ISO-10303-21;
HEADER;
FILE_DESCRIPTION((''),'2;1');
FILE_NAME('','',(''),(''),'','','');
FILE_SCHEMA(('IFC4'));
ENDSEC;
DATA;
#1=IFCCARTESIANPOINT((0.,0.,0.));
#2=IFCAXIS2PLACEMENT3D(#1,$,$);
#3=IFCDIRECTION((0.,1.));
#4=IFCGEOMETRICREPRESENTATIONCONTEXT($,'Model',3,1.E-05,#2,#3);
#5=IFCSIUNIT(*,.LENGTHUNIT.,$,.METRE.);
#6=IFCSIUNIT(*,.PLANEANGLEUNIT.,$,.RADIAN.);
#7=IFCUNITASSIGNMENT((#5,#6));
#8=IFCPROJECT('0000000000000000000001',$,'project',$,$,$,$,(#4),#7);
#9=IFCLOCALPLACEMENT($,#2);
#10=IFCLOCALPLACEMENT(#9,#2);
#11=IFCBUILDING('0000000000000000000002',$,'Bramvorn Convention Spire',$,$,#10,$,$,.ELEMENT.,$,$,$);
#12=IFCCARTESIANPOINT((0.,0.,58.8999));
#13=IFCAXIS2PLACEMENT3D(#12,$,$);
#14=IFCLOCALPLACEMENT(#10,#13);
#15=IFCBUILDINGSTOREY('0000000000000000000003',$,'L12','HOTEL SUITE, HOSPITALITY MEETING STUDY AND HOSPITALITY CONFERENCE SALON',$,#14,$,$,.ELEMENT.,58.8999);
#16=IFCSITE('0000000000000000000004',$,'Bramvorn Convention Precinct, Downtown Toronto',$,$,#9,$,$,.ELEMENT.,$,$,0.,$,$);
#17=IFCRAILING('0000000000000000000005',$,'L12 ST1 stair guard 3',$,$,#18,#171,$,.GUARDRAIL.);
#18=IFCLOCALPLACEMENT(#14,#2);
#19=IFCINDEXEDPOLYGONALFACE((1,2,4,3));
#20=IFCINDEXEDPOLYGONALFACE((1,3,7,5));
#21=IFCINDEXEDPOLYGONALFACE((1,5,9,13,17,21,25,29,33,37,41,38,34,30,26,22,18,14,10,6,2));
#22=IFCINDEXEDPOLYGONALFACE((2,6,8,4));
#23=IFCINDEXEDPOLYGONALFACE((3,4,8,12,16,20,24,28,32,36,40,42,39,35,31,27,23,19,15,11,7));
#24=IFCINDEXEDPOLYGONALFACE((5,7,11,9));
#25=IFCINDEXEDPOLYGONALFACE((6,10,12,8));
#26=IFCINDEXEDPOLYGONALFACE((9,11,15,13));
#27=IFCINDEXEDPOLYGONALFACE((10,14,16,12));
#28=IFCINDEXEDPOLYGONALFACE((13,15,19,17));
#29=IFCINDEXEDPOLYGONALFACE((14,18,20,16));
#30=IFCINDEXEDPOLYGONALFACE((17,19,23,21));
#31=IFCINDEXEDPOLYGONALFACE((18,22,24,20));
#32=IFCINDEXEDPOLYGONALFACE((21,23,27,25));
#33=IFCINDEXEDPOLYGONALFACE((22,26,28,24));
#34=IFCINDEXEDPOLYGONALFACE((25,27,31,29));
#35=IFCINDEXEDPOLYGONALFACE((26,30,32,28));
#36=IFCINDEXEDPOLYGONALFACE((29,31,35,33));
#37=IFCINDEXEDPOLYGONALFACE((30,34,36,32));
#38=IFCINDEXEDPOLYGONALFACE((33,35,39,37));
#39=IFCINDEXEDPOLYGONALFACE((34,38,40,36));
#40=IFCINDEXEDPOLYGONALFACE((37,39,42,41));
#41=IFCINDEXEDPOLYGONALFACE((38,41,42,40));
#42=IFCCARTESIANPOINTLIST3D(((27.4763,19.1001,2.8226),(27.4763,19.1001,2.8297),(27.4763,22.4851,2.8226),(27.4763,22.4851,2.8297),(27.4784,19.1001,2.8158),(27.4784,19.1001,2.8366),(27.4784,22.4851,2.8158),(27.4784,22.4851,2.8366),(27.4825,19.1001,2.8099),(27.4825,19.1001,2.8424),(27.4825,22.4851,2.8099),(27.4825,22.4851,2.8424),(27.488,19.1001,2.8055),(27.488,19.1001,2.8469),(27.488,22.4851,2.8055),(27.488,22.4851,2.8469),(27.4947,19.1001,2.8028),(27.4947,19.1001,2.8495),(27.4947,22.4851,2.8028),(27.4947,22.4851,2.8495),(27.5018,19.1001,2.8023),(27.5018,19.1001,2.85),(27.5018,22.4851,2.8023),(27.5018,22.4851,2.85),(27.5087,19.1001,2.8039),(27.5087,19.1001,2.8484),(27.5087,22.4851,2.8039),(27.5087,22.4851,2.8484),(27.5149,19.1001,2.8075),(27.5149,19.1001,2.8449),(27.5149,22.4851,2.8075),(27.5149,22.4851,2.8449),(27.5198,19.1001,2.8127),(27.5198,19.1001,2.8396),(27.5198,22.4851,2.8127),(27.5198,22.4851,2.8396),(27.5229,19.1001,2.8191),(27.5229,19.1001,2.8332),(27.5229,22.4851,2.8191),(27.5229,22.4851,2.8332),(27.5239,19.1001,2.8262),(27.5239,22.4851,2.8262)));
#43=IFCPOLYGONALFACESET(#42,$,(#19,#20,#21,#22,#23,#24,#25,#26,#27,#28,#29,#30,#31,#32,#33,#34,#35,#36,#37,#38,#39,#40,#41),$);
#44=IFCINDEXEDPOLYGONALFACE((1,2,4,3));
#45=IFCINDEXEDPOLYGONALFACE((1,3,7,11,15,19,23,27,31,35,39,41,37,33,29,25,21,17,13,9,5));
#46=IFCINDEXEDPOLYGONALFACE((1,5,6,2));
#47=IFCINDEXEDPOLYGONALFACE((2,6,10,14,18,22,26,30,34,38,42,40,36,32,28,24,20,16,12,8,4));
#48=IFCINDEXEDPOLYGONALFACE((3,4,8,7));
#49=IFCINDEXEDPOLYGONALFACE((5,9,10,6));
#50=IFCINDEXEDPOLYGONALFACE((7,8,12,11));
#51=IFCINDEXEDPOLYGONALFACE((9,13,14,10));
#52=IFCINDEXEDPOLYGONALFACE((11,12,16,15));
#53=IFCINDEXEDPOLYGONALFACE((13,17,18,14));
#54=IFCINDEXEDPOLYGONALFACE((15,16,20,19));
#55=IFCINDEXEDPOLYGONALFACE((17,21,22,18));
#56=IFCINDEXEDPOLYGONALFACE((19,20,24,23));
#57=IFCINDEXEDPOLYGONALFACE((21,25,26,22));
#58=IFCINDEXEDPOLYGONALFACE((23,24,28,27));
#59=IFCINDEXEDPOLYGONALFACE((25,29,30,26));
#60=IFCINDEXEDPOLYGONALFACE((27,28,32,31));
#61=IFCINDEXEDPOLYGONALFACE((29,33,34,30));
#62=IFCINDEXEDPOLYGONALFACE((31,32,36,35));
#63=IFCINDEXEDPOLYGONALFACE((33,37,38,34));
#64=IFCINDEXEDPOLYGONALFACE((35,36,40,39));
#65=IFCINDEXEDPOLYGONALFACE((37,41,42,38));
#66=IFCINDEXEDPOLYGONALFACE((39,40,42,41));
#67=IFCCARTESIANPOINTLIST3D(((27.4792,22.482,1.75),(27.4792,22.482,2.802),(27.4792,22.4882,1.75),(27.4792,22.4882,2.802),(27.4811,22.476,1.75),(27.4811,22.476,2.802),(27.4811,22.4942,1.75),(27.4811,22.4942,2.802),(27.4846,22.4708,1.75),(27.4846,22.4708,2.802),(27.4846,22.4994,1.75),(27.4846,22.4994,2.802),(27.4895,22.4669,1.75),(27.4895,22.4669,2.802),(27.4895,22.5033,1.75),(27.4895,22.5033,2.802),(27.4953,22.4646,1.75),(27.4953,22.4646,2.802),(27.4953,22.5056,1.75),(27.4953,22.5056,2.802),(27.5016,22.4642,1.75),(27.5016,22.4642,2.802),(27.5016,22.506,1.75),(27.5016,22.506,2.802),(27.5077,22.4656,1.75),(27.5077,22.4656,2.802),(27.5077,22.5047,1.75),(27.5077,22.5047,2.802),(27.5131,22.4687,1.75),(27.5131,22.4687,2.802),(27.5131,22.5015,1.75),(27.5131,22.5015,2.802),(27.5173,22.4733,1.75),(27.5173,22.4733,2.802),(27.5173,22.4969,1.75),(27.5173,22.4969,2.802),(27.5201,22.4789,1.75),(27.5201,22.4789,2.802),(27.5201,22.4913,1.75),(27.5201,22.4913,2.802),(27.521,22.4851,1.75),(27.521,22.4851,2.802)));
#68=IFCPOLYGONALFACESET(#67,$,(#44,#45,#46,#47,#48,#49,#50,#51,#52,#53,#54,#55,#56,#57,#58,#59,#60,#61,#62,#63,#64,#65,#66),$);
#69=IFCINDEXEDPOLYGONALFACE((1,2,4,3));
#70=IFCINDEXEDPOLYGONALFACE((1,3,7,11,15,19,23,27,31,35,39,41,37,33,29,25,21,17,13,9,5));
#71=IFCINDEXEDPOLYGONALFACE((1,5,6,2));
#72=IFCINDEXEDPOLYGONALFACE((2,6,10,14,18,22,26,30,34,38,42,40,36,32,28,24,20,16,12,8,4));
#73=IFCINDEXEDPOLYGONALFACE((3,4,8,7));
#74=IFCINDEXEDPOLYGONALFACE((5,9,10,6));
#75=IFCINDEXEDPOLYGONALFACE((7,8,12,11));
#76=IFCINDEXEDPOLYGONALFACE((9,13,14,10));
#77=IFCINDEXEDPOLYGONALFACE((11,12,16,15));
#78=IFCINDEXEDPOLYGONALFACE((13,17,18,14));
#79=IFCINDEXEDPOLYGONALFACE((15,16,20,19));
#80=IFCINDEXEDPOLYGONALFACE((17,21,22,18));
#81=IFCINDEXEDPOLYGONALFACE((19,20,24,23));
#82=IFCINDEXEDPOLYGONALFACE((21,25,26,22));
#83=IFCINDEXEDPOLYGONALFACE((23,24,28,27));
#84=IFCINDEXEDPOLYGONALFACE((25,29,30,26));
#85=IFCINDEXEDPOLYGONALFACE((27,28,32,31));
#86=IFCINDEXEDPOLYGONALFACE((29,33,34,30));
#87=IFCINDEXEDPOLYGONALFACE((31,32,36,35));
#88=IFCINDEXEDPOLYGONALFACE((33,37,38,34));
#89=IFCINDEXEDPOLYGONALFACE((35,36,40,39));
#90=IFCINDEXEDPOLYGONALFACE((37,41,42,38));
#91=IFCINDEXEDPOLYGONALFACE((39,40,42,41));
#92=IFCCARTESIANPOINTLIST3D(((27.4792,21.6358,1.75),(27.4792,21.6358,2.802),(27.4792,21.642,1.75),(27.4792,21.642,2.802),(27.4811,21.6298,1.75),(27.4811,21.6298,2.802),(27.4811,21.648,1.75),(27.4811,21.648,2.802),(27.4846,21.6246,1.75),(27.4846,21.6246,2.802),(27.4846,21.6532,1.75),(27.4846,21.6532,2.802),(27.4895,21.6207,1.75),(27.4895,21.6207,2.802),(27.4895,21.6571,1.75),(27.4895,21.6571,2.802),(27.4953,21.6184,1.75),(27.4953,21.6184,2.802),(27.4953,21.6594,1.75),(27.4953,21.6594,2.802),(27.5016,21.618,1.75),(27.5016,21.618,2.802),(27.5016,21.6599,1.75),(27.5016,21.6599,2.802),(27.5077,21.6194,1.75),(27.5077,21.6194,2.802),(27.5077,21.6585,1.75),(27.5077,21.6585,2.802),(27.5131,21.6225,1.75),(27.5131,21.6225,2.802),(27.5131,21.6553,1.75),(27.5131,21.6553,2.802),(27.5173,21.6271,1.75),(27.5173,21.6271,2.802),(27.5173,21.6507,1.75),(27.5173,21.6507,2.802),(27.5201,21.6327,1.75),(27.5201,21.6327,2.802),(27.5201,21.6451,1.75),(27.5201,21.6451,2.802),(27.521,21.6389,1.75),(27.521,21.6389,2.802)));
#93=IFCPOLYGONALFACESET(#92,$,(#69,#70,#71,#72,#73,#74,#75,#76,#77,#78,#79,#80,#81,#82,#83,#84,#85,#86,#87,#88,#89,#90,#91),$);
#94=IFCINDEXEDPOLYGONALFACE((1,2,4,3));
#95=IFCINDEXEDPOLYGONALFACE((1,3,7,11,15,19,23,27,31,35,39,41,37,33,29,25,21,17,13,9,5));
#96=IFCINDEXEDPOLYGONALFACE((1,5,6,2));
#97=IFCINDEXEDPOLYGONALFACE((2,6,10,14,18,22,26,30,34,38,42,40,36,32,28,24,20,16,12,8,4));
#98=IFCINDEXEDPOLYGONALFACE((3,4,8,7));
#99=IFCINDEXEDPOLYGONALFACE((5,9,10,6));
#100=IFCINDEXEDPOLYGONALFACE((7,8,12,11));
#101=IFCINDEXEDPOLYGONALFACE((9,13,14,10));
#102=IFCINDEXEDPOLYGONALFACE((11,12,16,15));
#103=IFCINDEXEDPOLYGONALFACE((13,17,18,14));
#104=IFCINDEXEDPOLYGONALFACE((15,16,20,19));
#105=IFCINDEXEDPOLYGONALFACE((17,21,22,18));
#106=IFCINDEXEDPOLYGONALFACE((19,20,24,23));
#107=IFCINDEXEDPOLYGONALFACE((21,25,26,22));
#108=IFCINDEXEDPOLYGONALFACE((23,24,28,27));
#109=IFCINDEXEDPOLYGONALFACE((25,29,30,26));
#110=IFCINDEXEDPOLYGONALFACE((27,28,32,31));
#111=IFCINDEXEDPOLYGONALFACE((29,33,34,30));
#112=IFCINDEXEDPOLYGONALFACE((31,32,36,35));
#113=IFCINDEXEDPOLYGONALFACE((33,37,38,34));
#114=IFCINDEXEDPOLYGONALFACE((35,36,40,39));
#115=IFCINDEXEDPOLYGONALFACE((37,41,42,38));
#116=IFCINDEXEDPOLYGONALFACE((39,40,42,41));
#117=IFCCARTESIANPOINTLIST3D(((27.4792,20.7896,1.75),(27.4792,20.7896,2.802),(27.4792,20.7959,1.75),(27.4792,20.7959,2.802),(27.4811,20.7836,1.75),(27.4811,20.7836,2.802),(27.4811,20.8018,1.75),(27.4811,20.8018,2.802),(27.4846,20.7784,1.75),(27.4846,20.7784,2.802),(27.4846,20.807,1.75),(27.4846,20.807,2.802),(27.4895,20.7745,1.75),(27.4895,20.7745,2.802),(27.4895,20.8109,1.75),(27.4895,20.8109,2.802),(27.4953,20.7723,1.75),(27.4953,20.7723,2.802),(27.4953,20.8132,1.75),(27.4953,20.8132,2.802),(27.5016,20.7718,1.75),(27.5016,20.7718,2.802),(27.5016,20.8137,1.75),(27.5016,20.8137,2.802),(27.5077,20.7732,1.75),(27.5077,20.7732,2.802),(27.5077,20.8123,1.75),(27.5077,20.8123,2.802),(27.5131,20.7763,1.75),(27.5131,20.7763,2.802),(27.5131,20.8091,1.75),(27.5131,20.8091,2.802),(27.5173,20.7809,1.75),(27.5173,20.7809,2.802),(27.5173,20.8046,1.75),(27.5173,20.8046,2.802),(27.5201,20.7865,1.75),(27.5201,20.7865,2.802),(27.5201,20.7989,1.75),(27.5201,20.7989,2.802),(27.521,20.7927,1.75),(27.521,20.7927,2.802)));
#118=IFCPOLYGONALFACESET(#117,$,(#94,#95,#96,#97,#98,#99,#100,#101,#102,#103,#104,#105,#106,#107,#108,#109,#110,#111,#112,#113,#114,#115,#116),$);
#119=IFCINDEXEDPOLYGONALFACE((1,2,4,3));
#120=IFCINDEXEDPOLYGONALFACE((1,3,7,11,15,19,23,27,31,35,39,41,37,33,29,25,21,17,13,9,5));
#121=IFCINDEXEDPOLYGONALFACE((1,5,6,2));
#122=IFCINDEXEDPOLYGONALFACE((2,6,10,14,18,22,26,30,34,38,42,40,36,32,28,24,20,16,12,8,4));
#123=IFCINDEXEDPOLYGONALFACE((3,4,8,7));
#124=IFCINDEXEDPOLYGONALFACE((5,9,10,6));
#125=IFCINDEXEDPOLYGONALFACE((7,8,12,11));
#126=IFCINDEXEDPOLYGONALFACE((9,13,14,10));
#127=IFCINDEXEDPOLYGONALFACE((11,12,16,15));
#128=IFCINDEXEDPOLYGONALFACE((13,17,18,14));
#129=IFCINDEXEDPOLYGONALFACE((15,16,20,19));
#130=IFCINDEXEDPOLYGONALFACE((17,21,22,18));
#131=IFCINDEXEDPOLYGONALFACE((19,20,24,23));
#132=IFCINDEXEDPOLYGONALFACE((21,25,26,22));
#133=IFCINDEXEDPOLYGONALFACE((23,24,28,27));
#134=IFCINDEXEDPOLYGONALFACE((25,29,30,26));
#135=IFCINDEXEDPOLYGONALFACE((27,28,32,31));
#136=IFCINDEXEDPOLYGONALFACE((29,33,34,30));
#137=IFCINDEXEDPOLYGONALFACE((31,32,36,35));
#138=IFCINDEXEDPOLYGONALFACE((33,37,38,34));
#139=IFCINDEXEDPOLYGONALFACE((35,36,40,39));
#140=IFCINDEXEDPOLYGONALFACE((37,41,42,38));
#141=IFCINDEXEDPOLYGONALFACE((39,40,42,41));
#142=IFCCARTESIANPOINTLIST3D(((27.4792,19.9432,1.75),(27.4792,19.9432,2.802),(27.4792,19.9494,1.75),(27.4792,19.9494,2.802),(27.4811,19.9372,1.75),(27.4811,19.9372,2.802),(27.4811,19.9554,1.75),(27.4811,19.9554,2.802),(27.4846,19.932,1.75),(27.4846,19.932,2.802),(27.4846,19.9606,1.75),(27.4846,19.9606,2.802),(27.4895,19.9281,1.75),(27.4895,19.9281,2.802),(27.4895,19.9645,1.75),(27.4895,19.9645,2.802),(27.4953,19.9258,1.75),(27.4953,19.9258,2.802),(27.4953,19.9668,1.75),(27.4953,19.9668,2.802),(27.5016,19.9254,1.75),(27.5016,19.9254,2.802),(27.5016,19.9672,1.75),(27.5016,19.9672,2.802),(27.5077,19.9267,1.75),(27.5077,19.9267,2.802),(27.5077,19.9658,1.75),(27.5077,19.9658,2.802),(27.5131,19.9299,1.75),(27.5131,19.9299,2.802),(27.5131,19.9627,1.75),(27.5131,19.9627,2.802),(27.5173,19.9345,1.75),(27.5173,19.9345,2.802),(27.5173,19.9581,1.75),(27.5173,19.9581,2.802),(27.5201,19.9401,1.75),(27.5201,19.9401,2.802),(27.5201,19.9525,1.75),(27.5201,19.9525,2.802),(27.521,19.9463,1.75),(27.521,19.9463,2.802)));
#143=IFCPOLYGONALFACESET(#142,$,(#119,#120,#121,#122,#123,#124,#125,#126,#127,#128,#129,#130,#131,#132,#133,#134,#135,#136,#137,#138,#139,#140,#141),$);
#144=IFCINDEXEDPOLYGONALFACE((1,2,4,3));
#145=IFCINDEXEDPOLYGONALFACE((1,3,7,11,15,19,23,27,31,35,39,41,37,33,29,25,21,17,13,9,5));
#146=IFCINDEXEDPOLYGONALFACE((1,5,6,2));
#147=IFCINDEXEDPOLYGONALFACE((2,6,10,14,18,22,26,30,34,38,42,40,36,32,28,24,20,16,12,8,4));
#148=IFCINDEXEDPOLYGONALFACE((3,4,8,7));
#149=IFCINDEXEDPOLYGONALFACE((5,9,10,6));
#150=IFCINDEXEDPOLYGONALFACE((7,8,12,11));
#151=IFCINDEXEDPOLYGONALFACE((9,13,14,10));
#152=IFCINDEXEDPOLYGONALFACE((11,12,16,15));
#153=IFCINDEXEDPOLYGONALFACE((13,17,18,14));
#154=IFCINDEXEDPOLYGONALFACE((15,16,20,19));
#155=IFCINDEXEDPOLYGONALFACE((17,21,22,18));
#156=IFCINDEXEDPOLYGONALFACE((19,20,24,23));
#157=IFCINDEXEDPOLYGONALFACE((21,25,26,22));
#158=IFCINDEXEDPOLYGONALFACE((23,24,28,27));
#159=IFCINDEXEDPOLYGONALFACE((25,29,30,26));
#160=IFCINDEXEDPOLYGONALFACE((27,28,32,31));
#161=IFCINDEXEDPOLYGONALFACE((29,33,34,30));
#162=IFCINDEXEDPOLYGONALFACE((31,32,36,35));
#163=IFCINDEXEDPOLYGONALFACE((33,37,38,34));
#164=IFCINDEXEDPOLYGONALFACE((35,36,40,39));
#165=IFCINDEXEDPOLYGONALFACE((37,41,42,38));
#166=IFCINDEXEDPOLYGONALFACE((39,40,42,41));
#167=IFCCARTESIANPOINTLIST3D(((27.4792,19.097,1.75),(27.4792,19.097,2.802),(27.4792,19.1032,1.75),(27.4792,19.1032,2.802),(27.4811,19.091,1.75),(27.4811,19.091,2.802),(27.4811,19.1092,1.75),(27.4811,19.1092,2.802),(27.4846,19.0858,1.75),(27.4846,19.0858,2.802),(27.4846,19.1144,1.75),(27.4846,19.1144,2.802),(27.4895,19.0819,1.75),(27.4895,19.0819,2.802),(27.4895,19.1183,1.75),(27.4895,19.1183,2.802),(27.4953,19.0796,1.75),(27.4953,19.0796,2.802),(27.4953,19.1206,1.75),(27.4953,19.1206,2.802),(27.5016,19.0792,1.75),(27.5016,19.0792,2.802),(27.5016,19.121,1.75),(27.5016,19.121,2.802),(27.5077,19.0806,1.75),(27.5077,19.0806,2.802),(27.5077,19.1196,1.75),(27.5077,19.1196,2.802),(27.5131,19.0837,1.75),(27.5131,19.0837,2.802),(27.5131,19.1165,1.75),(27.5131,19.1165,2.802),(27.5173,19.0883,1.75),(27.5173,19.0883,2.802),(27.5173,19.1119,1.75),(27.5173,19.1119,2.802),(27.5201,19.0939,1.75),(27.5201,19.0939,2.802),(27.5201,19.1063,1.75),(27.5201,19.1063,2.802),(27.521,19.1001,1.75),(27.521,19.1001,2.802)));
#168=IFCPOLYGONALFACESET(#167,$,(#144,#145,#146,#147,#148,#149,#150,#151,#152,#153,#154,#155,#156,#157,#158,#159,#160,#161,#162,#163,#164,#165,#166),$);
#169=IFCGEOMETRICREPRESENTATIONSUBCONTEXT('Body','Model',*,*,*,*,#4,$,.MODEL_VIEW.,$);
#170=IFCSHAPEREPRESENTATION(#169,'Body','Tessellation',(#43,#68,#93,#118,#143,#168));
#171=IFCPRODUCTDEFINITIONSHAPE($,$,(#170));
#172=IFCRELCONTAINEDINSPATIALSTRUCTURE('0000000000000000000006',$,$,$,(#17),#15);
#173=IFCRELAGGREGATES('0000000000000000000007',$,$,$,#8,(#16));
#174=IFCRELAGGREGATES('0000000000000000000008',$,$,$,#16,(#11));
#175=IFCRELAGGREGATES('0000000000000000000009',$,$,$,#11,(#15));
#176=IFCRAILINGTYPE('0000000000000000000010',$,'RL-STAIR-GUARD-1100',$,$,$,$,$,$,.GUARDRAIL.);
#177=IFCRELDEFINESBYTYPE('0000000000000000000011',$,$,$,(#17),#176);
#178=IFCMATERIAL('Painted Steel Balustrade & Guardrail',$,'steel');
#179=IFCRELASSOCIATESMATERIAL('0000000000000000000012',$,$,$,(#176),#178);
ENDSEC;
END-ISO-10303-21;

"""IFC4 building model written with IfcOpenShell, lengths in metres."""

from ifc_helpers import new_model, si_unit, direction, frame, origin, origin_2d, place, context, subcontext, project, spatial, circle, extrude, material, type_object, element, save


model = new_model("IFC4")

# Units and contexts
model_context = context("Model", 3, precision=1e-05, world=origin(), true_north=direction((0.0, 1.0)))
body_context = subcontext(model_context, "Body", "Model", "MODEL_VIEW")
ifc_project = project(units=[si_unit("LENGTHUNIT", "METRE"), si_unit("PLANEANGLEUNIT", "RADIAN")], contexts=[model_context])

# Site, building, storey
site_placement = place(None, origin())
site = spatial("IfcSite", under=ifc_project, at=site_placement, Name="Bramvorn Convention Precinct, Downtown Toronto", CompositionType="ELEMENT", RefElevation=0.0)
building_placement = place(site_placement, origin())
building = spatial("IfcBuilding", under=site, at=building_placement, Name="Bramvorn Convention Spire", CompositionType="ELEMENT")
storey_placement = place(building_placement, frame((0.0, 0.0, 58.8999)))
storey = spatial("IfcBuildingStorey", under=building, at=storey_placement, Name="L12", Description="HOTEL SUITE, HOSPITALITY MEETING STUDY AND HOSPITALITY CONFERENCE SALON", CompositionType="ELEMENT", Elevation=58.8999)

# Railing
ifc_material_1 = material(Name="Painted Steel Balustrade & Guardrail", Category="steel")
railing_type_1 = type_object("IfcRailingType", Name="RL-STAIR-GUARD-1100", PredefinedType="GUARDRAIL", material=ifc_material_1)
for number, where, name in (
    (1, (27.5, 22.4851, 1.75), "L12 ST1 stair guard 3"),
):
    element("IfcRailing", number, at=place(storey_placement, frame(where)), inside=storey, type_object=railing_type_1, Name=name, PredefinedType="GUARDRAIL", context=body_context, shape_type="SweptSolid", body=[
        extrude(circle(Radius=0.0239, at=origin_2d()), frame((0.0, 0.0, 1.0762), z_axis=(0.0, -1.0, 0.0), x_axis=(1.0, 0.0, 0.0)), (0.0, 0.0, 1.0), 3.385),
        extrude(circle(Radius=0.021, at=origin_2d()), origin(), (0.0, 0.0, 1.0), 1.052),
        extrude(circle(Radius=0.021, at=origin_2d()), frame((0.0, -0.8462, 0.0)), (0.0, 0.0, 1.0), 1.052),
        extrude(circle(Radius=0.021, at=origin_2d()), frame((0.0, -1.6924, 0.0)), (0.0, 0.0, 1.0), 1.052),
        extrude(circle(Radius=0.021, at=origin_2d()), frame((0.0, -2.5388, 0.0)), (0.0, 0.0, 1.0), 1.052),
        extrude(circle(Radius=0.021, at=origin_2d()), frame((0.0, -3.385, 0.0)), (0.0, 0.0, 1.0), 1.052),
    ])

save(model, "model.ifc")
